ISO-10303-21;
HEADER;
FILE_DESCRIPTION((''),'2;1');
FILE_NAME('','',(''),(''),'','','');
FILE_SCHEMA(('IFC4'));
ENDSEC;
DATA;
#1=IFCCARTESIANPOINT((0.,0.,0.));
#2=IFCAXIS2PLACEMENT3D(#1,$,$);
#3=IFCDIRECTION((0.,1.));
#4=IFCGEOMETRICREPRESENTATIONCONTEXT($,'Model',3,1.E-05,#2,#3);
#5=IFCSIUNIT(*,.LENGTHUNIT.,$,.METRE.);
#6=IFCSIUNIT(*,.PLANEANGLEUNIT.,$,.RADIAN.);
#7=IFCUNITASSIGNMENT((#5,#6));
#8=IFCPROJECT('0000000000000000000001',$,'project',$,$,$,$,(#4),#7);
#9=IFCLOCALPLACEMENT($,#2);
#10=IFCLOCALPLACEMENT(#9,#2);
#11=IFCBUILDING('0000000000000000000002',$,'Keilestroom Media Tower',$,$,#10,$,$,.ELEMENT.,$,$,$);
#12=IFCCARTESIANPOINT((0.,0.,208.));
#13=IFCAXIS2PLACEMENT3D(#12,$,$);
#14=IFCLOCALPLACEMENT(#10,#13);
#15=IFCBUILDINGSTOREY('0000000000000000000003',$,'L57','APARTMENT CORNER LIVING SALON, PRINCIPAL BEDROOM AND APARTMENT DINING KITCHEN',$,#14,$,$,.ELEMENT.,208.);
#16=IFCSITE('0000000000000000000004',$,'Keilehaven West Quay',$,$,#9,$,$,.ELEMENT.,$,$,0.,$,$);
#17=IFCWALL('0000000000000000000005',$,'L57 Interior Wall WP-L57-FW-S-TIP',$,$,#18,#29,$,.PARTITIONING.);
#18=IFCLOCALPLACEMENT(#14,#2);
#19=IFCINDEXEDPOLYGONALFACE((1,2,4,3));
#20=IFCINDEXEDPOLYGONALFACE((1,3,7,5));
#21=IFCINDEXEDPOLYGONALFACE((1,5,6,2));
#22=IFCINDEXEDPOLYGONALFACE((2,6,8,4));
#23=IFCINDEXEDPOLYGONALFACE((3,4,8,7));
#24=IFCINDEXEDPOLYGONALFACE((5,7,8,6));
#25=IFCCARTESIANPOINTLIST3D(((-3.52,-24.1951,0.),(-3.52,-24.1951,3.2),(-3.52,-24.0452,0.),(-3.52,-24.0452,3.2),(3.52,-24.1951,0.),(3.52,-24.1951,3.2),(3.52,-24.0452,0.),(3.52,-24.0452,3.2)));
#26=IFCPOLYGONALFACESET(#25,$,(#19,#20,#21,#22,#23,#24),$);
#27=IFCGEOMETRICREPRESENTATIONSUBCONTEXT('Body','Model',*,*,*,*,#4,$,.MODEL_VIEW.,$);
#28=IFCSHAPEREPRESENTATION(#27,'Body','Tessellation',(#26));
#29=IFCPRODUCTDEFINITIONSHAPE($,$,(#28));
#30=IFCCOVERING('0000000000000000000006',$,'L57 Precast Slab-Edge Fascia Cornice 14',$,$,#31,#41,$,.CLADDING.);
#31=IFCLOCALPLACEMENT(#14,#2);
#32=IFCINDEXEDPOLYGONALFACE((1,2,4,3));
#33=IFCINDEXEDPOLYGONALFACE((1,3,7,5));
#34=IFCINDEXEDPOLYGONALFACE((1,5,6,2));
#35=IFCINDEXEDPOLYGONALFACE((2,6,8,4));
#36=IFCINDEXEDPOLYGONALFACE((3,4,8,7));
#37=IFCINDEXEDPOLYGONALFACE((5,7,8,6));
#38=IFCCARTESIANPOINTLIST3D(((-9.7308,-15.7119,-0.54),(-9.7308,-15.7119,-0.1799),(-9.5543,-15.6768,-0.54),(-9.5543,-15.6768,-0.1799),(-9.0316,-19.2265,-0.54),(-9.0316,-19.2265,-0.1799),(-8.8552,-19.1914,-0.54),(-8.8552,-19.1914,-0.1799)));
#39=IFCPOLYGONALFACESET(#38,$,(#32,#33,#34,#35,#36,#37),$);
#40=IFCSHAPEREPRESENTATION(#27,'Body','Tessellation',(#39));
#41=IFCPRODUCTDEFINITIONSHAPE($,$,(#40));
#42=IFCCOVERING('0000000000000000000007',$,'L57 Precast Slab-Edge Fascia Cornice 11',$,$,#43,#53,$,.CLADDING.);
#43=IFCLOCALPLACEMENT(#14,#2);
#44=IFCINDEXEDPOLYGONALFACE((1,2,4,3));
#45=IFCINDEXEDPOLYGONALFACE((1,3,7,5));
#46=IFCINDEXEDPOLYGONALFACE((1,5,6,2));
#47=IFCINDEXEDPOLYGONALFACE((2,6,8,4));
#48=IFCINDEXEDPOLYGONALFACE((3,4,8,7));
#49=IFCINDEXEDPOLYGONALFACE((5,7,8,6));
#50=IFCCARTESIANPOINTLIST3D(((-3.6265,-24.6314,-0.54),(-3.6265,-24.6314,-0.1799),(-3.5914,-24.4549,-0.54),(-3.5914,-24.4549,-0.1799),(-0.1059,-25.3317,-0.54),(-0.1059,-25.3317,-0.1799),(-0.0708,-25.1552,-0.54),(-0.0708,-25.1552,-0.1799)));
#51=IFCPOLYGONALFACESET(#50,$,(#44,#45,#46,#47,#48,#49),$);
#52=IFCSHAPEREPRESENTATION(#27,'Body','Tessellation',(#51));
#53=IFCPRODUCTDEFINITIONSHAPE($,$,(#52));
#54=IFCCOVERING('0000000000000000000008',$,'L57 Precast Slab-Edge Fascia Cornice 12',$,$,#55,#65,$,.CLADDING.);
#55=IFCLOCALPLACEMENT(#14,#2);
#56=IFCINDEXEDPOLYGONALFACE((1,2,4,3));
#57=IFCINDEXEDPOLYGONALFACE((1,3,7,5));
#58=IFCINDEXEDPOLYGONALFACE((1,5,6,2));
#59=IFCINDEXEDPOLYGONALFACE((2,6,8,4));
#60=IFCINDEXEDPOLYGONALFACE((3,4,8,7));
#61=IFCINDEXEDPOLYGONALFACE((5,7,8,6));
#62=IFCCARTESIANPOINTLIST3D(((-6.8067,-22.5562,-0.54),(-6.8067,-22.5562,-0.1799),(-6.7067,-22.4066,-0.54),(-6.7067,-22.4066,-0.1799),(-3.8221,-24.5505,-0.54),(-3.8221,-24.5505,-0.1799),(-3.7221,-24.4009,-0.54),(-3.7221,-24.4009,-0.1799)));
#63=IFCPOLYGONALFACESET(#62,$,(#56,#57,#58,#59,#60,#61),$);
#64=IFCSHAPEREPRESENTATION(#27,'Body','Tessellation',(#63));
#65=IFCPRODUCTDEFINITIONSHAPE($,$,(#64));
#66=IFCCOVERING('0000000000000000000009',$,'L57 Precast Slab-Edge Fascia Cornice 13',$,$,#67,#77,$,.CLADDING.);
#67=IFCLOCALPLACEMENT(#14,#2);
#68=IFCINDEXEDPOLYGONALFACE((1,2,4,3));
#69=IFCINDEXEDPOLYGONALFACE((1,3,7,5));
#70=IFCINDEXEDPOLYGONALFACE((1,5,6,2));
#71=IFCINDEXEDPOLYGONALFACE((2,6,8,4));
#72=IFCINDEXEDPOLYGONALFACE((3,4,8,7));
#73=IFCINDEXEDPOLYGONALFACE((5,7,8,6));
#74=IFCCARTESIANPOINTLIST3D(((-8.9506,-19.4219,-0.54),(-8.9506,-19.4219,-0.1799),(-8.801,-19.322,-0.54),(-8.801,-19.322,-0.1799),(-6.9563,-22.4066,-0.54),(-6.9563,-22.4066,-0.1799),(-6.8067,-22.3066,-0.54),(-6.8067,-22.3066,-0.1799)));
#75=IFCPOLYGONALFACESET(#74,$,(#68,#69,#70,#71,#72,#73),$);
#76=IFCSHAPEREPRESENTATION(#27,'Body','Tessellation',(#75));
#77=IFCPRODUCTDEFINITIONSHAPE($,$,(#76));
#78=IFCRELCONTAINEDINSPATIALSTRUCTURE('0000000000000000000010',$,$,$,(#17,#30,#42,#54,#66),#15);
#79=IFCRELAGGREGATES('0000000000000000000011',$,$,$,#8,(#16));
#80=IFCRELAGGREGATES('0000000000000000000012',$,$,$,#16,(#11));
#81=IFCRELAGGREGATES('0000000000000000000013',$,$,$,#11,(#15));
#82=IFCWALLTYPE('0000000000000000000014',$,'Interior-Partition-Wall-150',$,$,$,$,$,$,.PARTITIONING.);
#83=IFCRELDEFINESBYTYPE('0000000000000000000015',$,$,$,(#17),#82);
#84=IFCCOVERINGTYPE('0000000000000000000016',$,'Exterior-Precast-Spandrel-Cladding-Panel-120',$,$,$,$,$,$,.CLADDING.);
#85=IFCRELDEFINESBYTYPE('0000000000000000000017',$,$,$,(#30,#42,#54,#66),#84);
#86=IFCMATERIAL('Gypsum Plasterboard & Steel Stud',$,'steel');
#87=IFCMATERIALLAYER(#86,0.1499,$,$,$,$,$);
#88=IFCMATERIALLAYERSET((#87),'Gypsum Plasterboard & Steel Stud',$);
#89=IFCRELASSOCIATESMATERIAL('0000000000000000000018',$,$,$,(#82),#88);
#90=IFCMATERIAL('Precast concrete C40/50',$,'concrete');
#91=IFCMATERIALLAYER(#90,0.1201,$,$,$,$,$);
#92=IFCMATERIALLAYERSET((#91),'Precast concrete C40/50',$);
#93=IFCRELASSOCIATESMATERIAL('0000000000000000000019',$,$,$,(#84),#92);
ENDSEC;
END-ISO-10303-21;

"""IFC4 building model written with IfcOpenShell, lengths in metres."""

from ifc_helpers import new_model, si_unit, direction, frame, frame_2d, origin, origin_2d, place, context, subcontext, project, spatial, rectangle, extrude, source, transform, mapped, material, layer, layer_set, type_object, element, save


model = new_model("IFC4")

# Units and contexts
model_context = context("Model", 3, precision=1e-05, world=origin(), true_north=direction((0.0, 1.0)))
body_context = subcontext(model_context, "Body", "Model", "MODEL_VIEW")
ifc_project = project(units=[si_unit("LENGTHUNIT", "METRE"), si_unit("PLANEANGLEUNIT", "RADIAN")], contexts=[model_context])

# Site, building, storey
site_placement = place(None, origin())
site = spatial("IfcSite", under=ifc_project, at=site_placement, Name="Keilehaven West Quay", CompositionType="ELEMENT", RefElevation=0.0)
building_placement = place(site_placement, origin())
building = spatial("IfcBuilding", under=site, at=building_placement, Name="Keilestroom Media Tower", CompositionType="ELEMENT")
storey_placement = place(building_placement, frame((0.0, 0.0, 208.0)))
storey = spatial("IfcBuildingStorey", under=building, at=storey_placement, Name="L57", Description="APARTMENT CORNER LIVING SALON, PRINCIPAL BEDROOM AND APARTMENT DINING KITCHEN", CompositionType="ELEMENT", Elevation=208.0)

# Shared definitions
ifc_material_1 = material(Name="Precast concrete C40/50", Category="concrete")

# Shared definitions
ifc_material_2 = material(Name="Gypsum Plasterboard & Steel Stud", Category="steel")

# Wall
ifc_layer_1 = layer(ifc_material_2, 0.1499)
ifc_layer_set_1 = layer_set([ifc_layer_1], Name="Gypsum Plasterboard & Steel Stud")
wall_type_1 = type_object("IfcWallType", Name="Interior-Partition-Wall-150", PredefinedType="PARTITIONING", material=ifc_layer_set_1)
wall_1_placement = place(storey_placement, frame((-3.52, -24.1201, 0.0), z_axis=(0.0, 0.0, 1.0), x_axis=(1.0, 0.0, 0.0)))
element("IfcWall", 1, at=wall_1_placement, inside=storey, type_object=wall_type_1, Name="L57 Interior Wall WP-L57-FW-S-TIP", PredefinedType="PARTITIONING", context=body_context, shape_type="SweptSolid", body=[
    extrude(rectangle(XDim=7.04, YDim=0.1499, at=frame_2d((3.52, 0.0))), origin(), (0.0, 0.0, 1.0), 3.2),
])

# Coverings
ifc_layer_2 = layer(ifc_material_1, 0.1201)
ifc_layer_set_2 = layer_set([ifc_layer_2], Name="Precast concrete C40/50")
covering_type = type_object("IfcCoveringType", Name="Exterior-Precast-Spandrel-Cladding-Panel-120", PredefinedType="CLADDING", material=ifc_layer_set_2)
shared_shape_1 = source(origin(), body_context, "Body", "SweptSolid", [
    extrude(rectangle(XDim=3.5835, YDim=0.1799, at=origin_2d()), origin(), (0.0, 0.0, 1.0), 0.3601),
])
covering_placement = place(storey_placement, frame((-9.293, -17.4517, -0.54), z_axis=(0.0, 0.0, 1.0), x_axis=(-0.195099, 0.980784, 0.0)))
element("IfcCovering", 2, at=covering_placement, inside=storey, type_object=covering_type, Name="L57 Precast Slab-Edge Fascia Cornice 14", PredefinedType="CLADDING", context=body_context, shape_type="MappedRepresentation", body=[
    mapped(shared_shape_1, transform((0.0, 0.0, 0.0), x_axis=(1.0, 0.0, 0.0), y_axis=(0.0, 1.0, 0.0), z_axis=(0.0, 0.0, 1.0), scale=1.0)),
])
shared_shape_2 = source(origin(), body_context, "Body", "SweptSolid", [
    extrude(rectangle(XDim=3.5896, YDim=0.1799, at=origin_2d()), origin(), (0.0, 0.0, 1.0), 0.3601),
])
for number, where, z_axis, x_axis, name in (
    (3, (-1.8486, -24.8933, -0.54), (0.0, 0.0, 1.0), (-0.980784, 0.195099, 0.0), "L57 Precast Slab-Edge Fascia Cornice 11"),
    (4, (-5.2644, -23.4785, -0.54), (0.0, 0.0, 1.0), (-0.831467, 0.555575, 0.0), "L57 Precast Slab-Edge Fascia Cornice 12"),
    (5, (-7.8787, -20.8643, -0.54), (0.0, 0.0, 1.0), (-0.555575, 0.831467, 0.0), "L57 Precast Slab-Edge Fascia Cornice 13"),
):
    element("IfcCovering", number, at=place(storey_placement, frame(where, z_axis=z_axis, x_axis=x_axis)), inside=storey, type_object=covering_type, Name=name, PredefinedType="CLADDING", context=body_context, shape_type="MappedRepresentation", body=[
        mapped(shared_shape_2, transform((0.0, 0.0, 0.0), x_axis=(1.0, 0.0, 0.0), y_axis=(0.0, 1.0, 0.0), z_axis=(0.0, 0.0, 1.0), scale=1.0)),
    ])

save(model, "model.ifc")
